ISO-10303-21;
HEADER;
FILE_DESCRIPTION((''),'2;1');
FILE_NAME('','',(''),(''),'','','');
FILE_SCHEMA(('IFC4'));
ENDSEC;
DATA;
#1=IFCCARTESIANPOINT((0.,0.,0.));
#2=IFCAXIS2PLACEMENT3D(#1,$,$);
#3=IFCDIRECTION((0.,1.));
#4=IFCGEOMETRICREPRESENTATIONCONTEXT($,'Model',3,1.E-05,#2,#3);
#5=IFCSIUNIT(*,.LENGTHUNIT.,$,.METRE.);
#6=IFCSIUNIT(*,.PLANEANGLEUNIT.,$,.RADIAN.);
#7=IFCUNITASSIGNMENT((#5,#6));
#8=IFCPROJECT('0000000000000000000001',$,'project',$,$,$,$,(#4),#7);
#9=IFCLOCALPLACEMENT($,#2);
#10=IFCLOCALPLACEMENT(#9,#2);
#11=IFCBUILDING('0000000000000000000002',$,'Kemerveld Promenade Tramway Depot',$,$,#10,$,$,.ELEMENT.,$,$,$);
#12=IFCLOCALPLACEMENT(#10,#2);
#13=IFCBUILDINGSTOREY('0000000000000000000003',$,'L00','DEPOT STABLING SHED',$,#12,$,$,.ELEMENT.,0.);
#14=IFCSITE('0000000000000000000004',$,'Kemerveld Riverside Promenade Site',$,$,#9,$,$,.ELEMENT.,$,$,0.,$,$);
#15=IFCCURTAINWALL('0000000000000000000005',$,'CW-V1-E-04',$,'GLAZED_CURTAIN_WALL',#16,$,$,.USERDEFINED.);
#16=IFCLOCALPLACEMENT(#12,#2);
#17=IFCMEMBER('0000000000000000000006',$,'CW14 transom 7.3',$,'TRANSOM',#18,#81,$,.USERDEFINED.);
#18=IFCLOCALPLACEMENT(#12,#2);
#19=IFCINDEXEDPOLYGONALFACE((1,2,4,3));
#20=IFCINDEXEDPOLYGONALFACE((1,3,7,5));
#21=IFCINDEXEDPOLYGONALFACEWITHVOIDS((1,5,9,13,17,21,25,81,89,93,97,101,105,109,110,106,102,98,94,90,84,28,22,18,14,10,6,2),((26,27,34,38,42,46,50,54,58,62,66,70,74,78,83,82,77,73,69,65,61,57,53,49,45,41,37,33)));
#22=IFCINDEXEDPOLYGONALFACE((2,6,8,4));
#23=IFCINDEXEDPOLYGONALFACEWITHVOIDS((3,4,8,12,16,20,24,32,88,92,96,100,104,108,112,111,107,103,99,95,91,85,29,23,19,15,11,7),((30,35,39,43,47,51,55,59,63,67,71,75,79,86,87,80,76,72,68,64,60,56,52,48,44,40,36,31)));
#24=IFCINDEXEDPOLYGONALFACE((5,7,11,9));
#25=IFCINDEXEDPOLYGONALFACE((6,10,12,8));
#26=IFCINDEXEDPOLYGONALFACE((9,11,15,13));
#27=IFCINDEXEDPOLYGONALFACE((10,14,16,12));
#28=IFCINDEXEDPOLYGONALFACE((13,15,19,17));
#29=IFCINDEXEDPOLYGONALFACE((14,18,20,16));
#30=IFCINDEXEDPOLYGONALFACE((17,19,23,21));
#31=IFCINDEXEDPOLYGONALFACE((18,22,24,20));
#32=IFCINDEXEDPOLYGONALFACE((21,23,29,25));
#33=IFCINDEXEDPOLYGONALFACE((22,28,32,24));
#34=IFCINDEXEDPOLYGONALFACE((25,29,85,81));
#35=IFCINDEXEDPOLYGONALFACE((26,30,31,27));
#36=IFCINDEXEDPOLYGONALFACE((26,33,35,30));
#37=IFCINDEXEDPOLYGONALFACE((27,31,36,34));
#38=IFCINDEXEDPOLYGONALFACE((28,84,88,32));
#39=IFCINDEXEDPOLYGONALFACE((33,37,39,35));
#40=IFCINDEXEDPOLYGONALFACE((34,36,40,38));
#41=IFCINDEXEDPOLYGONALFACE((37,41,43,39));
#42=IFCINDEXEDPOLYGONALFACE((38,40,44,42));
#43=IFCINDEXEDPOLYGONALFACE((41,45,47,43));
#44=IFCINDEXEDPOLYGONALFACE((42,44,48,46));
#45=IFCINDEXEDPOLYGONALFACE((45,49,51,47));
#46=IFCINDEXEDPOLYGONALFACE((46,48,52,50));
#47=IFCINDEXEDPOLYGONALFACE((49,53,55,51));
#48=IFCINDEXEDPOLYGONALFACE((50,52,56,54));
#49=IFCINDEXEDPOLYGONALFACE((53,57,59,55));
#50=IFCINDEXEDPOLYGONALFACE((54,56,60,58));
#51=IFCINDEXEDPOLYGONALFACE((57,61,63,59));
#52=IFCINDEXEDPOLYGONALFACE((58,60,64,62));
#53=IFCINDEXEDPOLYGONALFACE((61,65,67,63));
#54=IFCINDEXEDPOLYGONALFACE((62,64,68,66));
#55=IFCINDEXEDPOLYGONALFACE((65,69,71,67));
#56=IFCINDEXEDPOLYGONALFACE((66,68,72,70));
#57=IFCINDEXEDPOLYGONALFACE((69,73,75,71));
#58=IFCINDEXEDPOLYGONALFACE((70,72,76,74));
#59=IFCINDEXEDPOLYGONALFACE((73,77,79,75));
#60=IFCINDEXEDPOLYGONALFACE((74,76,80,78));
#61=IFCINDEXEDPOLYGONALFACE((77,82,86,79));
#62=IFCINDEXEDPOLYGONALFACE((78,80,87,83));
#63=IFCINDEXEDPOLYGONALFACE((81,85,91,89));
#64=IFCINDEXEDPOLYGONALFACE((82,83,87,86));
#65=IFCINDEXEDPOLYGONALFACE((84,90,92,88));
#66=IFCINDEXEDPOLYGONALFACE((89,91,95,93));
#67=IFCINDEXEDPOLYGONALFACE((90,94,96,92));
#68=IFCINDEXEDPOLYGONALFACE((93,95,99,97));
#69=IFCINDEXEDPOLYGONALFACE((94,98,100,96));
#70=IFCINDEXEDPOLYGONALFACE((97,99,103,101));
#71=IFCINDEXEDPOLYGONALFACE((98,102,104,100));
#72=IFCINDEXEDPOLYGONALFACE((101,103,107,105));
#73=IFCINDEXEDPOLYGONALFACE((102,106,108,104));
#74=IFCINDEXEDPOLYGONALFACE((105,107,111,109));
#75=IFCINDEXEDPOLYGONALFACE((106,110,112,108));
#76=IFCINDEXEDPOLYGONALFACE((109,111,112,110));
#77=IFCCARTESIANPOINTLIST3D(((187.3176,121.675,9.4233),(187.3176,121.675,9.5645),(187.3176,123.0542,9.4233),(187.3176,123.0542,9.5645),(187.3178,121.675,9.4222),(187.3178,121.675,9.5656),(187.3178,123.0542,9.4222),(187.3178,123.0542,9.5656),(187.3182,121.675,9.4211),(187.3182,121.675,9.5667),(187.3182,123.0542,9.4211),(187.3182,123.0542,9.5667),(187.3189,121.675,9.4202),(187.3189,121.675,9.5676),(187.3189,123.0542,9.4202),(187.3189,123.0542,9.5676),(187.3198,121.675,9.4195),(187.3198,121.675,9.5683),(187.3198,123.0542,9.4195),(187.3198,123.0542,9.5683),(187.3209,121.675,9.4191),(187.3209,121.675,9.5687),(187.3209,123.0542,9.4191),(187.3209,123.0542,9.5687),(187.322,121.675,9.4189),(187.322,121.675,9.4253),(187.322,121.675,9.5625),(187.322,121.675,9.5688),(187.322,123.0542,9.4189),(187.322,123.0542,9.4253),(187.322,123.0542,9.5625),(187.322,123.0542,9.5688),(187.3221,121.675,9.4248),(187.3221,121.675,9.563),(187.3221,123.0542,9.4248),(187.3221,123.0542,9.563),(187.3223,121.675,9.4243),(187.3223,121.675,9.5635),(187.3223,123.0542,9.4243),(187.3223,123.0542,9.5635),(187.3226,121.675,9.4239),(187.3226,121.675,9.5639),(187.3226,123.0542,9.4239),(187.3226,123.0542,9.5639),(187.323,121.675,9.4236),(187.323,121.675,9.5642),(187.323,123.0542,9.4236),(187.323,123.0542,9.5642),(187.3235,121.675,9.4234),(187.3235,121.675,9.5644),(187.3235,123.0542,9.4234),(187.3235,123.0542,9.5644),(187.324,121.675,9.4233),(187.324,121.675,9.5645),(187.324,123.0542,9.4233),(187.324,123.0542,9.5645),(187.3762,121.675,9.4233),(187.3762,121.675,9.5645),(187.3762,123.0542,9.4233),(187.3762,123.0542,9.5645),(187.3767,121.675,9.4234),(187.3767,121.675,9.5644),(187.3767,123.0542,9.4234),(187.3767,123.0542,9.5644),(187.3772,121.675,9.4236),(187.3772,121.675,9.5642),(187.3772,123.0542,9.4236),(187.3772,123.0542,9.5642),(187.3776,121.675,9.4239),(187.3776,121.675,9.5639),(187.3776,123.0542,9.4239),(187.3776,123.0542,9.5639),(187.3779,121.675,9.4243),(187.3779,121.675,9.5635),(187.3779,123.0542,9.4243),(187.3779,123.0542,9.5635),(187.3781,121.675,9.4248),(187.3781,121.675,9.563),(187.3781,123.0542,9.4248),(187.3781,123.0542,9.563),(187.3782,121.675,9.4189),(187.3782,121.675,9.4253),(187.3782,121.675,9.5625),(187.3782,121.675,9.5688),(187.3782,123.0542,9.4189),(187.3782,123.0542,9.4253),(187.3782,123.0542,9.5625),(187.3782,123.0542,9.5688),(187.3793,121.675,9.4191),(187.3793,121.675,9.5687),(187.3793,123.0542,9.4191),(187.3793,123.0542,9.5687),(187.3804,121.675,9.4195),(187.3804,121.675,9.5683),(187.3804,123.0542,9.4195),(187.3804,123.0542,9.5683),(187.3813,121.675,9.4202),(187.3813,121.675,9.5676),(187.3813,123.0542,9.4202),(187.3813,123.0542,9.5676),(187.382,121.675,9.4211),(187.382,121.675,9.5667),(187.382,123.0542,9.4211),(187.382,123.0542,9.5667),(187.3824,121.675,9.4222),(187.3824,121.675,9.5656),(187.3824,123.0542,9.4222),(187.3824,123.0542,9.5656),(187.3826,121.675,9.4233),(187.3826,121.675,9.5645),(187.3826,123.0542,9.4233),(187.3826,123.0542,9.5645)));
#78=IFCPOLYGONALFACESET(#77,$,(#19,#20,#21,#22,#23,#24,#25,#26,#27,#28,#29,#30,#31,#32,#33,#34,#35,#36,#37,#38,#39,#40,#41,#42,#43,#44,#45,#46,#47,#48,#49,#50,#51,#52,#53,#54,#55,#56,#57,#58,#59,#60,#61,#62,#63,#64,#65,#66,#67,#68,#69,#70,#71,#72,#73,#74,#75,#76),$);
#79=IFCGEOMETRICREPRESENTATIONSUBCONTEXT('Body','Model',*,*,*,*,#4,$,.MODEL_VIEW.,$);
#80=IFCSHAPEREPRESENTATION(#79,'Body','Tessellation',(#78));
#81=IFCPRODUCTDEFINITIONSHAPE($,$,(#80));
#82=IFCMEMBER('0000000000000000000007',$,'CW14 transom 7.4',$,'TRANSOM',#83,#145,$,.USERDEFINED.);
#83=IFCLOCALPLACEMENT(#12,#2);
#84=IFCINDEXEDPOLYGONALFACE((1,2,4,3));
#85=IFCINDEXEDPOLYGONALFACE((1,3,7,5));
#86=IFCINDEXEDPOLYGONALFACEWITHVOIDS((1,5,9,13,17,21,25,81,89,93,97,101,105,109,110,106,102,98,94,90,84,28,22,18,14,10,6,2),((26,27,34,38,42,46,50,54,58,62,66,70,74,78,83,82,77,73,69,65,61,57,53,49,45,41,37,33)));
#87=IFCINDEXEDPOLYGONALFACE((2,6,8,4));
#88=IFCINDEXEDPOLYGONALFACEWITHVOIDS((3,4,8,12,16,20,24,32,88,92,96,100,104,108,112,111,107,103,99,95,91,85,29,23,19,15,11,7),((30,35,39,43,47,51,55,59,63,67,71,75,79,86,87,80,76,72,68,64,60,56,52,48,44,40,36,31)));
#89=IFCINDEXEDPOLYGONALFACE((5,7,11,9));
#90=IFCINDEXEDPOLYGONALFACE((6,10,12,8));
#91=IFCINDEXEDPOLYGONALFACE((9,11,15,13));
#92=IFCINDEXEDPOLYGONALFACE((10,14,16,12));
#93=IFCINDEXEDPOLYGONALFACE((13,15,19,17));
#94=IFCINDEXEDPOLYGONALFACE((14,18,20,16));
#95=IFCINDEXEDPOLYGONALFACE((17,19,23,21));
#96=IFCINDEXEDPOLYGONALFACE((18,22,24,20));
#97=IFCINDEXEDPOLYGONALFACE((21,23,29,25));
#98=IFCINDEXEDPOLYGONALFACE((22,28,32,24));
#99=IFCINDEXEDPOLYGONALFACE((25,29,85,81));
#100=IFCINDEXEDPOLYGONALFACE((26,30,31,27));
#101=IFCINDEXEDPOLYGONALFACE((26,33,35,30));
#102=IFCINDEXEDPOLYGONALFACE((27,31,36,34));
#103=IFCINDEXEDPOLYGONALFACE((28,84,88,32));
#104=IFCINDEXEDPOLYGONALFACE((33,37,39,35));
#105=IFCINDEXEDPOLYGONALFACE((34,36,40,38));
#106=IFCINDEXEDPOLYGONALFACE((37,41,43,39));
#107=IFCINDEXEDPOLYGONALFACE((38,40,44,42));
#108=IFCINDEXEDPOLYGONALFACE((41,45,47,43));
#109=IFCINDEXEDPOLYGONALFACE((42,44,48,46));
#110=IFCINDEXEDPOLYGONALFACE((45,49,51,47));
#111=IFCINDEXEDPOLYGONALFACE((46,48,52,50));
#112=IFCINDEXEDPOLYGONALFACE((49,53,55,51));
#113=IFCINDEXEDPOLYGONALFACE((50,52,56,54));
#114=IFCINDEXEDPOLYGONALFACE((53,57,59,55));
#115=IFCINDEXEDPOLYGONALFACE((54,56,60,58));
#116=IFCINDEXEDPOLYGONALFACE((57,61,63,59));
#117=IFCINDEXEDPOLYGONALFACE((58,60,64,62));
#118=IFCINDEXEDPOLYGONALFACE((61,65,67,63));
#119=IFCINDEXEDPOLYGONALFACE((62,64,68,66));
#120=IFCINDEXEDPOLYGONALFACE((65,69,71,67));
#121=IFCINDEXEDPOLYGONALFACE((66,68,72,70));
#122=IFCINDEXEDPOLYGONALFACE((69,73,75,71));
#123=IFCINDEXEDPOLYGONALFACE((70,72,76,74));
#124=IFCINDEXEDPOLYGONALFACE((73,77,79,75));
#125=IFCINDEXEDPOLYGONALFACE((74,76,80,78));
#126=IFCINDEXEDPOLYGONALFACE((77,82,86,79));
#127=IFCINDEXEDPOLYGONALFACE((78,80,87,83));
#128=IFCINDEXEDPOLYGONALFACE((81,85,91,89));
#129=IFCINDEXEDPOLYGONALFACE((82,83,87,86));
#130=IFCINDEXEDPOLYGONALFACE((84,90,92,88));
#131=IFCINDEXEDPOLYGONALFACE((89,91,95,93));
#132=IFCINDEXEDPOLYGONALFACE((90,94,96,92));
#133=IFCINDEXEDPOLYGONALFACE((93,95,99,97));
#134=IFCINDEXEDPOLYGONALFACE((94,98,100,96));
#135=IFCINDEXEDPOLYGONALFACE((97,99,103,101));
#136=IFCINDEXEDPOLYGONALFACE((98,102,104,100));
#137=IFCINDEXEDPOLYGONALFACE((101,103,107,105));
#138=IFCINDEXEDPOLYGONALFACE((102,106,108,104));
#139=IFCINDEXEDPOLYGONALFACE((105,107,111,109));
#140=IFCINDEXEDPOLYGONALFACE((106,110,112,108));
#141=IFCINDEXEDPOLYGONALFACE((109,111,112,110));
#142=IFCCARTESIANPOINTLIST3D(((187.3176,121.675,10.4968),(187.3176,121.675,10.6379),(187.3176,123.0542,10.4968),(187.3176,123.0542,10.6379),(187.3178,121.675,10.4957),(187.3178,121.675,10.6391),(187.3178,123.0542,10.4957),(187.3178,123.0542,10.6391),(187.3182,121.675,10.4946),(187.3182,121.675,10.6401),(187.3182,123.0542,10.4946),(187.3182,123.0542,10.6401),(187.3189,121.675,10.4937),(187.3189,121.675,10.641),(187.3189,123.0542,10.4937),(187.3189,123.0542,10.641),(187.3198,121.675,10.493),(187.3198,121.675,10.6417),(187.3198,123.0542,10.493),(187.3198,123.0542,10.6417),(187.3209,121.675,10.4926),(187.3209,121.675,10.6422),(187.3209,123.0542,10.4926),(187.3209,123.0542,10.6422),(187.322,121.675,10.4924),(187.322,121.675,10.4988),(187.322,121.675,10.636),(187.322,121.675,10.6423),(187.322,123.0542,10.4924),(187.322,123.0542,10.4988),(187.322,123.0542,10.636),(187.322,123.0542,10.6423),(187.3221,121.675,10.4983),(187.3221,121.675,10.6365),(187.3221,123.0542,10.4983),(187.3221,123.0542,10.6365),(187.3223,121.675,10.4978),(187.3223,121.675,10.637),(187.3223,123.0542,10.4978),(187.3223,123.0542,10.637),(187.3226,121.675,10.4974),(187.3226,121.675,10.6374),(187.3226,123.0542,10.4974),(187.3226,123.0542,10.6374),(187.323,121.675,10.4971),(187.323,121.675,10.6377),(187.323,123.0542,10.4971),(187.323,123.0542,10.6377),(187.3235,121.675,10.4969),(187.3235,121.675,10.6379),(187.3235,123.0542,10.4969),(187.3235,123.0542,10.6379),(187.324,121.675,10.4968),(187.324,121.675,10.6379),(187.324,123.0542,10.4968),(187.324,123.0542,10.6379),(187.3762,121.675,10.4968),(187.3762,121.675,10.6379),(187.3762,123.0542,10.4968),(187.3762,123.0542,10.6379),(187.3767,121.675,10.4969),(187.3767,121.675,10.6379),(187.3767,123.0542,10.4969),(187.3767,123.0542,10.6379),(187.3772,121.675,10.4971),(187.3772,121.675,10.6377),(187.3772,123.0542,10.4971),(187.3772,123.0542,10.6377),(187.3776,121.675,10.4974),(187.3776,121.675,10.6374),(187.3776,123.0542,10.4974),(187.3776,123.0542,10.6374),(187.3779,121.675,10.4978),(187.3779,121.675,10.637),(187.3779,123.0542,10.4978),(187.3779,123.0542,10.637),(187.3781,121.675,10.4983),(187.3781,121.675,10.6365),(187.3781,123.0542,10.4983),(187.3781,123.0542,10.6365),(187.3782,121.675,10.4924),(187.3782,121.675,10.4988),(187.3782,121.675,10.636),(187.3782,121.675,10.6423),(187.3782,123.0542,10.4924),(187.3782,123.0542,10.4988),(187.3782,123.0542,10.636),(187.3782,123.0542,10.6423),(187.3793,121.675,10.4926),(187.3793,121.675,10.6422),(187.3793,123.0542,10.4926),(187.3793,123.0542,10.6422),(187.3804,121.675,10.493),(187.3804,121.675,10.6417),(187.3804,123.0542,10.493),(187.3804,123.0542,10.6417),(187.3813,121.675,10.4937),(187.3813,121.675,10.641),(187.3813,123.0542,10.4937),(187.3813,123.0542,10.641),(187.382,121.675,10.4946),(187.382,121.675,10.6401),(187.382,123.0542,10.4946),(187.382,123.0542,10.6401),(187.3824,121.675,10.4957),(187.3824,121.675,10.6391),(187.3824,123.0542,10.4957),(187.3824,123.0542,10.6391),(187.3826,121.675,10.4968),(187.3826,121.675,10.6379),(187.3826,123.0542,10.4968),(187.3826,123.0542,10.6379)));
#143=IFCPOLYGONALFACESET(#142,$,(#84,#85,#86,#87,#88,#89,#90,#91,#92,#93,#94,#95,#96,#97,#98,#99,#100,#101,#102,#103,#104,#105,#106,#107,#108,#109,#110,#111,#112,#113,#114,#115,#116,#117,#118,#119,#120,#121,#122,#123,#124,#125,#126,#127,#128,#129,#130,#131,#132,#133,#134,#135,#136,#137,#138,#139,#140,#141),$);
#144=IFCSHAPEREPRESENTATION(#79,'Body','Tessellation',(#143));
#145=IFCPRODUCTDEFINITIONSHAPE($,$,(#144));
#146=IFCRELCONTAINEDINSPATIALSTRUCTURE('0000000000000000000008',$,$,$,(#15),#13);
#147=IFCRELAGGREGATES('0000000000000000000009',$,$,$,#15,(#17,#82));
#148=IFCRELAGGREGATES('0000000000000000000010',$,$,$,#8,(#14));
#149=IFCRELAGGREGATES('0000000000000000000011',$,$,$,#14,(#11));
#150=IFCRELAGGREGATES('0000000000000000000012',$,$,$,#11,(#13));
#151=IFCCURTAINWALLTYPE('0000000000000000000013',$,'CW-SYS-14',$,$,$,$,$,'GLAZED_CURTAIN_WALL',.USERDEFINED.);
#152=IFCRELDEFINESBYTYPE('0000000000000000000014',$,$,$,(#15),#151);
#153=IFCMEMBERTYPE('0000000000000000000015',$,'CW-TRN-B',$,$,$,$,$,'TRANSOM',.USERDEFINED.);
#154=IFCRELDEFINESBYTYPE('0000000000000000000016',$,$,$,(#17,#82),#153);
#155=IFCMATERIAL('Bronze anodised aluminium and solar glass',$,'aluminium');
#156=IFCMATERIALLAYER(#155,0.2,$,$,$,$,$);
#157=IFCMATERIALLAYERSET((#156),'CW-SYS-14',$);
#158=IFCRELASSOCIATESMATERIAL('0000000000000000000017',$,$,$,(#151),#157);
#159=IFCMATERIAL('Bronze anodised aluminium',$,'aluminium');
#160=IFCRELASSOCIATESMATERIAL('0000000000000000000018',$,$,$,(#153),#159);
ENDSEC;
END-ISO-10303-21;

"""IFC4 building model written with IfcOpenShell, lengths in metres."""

from ifc_helpers import new_model, si_unit, direction, frame, origin, origin_2d, place, context, subcontext, project, spatial, hollow_rectangle, extrude, material, layer, layer_set, material_profile, profile_set, type_object, element, aggregate, save


model = new_model("IFC4")

# Units and contexts
model_context = context("Model", 3, precision=1e-05, world=origin(), true_north=direction((0.0, 1.0)))
body_context = subcontext(model_context, "Body", "Model", "MODEL_VIEW")
ifc_project = project(units=[si_unit("LENGTHUNIT", "METRE"), si_unit("PLANEANGLEUNIT", "RADIAN")], contexts=[model_context])

# Site, building, storey
site_placement = place(None, origin())
site = spatial("IfcSite", under=ifc_project, at=site_placement, Name="Kemerveld Riverside Promenade Site", CompositionType="ELEMENT", RefElevation=0.0)
building_placement = place(site_placement, origin())
building = spatial("IfcBuilding", under=site, at=building_placement, Name="Kemerveld Promenade Tramway Depot", CompositionType="ELEMENT")
storey_placement = place(building_placement, origin())
storey = spatial("IfcBuildingStorey", under=building, at=storey_placement, Name="L00", Description="DEPOT STABLING SHED", CompositionType="ELEMENT", Elevation=0.0)

# Shared definitions
ifc_material_1 = material(Name="Bronze anodised aluminium and solar glass", Category="aluminium")
ifc_material_2 = material(Name="Bronze anodised aluminium", Category="aluminium")

# Curtain wall
ifc_layer_1 = layer(ifc_material_1, 0.2)
ifc_layer_set_1 = layer_set([ifc_layer_1], Name="CW-SYS-14")
curtain_wall_type_1 = type_object("IfcCurtainWallType", Name="CW-SYS-14", ElementType="GLAZED_CURTAIN_WALL", PredefinedType="USERDEFINED", material=ifc_layer_set_1)
curtain_wall_1_placement = place(storey_placement, origin())
curtain_wall_1 = element("IfcCurtainWall", 1, at=curtain_wall_1_placement, inside=storey, type_object=curtain_wall_type_1, Name="CW-V1-E-04", ObjectType="GLAZED_CURTAIN_WALL", PredefinedType="USERDEFINED")

# Members
ifc_material_profile_1 = material_profile(ifc_material_2, hollow_rectangle(XDim=0.0649, YDim=0.1499, WallThickness=0.0044, InnerFilletRadius=0.002, OuterFilletRadius=0.0044, at=origin_2d()), Name="CW-TRN-150x65")
ifc_profile_set_1 = profile_set([ifc_material_profile_1], Name="Bronze anodised aluminium")
member_type_1 = type_object("IfcMemberType", Name="CW-TRN-B", ElementType="TRANSOM", PredefinedType="USERDEFINED", material=ifc_profile_set_1)
member_1_placement = place(storey_placement, frame((187.3501, 123.0542, 9.4939), z_axis=(0.0, -1.0, 0.0), x_axis=(1.0, 0.0, 0.0)))
member_1 = element("IfcMember", 2, at=member_1_placement, type_object=member_type_1, Name="CW14 transom 7.3", ObjectType="TRANSOM", PredefinedType="USERDEFINED", context=body_context, shape_type="SweptSolid", body=[
    extrude(hollow_rectangle(XDim=0.0649, YDim=0.1499, WallThickness=0.0044, InnerFilletRadius=0.002, OuterFilletRadius=0.0044, at=origin_2d()), origin(), (0.0, 0.0, 1.0), 1.3792),
])
member_2_placement = place(storey_placement, frame((187.3501, 123.0542, 10.5674), z_axis=(0.0, -1.0, 0.0), x_axis=(1.0, 0.0, 0.0)))
member_2 = element("IfcMember", 3, at=member_2_placement, type_object=member_type_1, Name="CW14 transom 7.4", ObjectType="TRANSOM", PredefinedType="USERDEFINED", context=body_context, shape_type="SweptSolid", body=[
    extrude(hollow_rectangle(XDim=0.0649, YDim=0.1499, WallThickness=0.0044, InnerFilletRadius=0.002, OuterFilletRadius=0.0044, at=origin_2d()), origin(), (0.0, 0.0, 1.0), 1.3792),
])

aggregate(curtain_wall_1, [member_1, member_2])

save(model, "model.ifc")
